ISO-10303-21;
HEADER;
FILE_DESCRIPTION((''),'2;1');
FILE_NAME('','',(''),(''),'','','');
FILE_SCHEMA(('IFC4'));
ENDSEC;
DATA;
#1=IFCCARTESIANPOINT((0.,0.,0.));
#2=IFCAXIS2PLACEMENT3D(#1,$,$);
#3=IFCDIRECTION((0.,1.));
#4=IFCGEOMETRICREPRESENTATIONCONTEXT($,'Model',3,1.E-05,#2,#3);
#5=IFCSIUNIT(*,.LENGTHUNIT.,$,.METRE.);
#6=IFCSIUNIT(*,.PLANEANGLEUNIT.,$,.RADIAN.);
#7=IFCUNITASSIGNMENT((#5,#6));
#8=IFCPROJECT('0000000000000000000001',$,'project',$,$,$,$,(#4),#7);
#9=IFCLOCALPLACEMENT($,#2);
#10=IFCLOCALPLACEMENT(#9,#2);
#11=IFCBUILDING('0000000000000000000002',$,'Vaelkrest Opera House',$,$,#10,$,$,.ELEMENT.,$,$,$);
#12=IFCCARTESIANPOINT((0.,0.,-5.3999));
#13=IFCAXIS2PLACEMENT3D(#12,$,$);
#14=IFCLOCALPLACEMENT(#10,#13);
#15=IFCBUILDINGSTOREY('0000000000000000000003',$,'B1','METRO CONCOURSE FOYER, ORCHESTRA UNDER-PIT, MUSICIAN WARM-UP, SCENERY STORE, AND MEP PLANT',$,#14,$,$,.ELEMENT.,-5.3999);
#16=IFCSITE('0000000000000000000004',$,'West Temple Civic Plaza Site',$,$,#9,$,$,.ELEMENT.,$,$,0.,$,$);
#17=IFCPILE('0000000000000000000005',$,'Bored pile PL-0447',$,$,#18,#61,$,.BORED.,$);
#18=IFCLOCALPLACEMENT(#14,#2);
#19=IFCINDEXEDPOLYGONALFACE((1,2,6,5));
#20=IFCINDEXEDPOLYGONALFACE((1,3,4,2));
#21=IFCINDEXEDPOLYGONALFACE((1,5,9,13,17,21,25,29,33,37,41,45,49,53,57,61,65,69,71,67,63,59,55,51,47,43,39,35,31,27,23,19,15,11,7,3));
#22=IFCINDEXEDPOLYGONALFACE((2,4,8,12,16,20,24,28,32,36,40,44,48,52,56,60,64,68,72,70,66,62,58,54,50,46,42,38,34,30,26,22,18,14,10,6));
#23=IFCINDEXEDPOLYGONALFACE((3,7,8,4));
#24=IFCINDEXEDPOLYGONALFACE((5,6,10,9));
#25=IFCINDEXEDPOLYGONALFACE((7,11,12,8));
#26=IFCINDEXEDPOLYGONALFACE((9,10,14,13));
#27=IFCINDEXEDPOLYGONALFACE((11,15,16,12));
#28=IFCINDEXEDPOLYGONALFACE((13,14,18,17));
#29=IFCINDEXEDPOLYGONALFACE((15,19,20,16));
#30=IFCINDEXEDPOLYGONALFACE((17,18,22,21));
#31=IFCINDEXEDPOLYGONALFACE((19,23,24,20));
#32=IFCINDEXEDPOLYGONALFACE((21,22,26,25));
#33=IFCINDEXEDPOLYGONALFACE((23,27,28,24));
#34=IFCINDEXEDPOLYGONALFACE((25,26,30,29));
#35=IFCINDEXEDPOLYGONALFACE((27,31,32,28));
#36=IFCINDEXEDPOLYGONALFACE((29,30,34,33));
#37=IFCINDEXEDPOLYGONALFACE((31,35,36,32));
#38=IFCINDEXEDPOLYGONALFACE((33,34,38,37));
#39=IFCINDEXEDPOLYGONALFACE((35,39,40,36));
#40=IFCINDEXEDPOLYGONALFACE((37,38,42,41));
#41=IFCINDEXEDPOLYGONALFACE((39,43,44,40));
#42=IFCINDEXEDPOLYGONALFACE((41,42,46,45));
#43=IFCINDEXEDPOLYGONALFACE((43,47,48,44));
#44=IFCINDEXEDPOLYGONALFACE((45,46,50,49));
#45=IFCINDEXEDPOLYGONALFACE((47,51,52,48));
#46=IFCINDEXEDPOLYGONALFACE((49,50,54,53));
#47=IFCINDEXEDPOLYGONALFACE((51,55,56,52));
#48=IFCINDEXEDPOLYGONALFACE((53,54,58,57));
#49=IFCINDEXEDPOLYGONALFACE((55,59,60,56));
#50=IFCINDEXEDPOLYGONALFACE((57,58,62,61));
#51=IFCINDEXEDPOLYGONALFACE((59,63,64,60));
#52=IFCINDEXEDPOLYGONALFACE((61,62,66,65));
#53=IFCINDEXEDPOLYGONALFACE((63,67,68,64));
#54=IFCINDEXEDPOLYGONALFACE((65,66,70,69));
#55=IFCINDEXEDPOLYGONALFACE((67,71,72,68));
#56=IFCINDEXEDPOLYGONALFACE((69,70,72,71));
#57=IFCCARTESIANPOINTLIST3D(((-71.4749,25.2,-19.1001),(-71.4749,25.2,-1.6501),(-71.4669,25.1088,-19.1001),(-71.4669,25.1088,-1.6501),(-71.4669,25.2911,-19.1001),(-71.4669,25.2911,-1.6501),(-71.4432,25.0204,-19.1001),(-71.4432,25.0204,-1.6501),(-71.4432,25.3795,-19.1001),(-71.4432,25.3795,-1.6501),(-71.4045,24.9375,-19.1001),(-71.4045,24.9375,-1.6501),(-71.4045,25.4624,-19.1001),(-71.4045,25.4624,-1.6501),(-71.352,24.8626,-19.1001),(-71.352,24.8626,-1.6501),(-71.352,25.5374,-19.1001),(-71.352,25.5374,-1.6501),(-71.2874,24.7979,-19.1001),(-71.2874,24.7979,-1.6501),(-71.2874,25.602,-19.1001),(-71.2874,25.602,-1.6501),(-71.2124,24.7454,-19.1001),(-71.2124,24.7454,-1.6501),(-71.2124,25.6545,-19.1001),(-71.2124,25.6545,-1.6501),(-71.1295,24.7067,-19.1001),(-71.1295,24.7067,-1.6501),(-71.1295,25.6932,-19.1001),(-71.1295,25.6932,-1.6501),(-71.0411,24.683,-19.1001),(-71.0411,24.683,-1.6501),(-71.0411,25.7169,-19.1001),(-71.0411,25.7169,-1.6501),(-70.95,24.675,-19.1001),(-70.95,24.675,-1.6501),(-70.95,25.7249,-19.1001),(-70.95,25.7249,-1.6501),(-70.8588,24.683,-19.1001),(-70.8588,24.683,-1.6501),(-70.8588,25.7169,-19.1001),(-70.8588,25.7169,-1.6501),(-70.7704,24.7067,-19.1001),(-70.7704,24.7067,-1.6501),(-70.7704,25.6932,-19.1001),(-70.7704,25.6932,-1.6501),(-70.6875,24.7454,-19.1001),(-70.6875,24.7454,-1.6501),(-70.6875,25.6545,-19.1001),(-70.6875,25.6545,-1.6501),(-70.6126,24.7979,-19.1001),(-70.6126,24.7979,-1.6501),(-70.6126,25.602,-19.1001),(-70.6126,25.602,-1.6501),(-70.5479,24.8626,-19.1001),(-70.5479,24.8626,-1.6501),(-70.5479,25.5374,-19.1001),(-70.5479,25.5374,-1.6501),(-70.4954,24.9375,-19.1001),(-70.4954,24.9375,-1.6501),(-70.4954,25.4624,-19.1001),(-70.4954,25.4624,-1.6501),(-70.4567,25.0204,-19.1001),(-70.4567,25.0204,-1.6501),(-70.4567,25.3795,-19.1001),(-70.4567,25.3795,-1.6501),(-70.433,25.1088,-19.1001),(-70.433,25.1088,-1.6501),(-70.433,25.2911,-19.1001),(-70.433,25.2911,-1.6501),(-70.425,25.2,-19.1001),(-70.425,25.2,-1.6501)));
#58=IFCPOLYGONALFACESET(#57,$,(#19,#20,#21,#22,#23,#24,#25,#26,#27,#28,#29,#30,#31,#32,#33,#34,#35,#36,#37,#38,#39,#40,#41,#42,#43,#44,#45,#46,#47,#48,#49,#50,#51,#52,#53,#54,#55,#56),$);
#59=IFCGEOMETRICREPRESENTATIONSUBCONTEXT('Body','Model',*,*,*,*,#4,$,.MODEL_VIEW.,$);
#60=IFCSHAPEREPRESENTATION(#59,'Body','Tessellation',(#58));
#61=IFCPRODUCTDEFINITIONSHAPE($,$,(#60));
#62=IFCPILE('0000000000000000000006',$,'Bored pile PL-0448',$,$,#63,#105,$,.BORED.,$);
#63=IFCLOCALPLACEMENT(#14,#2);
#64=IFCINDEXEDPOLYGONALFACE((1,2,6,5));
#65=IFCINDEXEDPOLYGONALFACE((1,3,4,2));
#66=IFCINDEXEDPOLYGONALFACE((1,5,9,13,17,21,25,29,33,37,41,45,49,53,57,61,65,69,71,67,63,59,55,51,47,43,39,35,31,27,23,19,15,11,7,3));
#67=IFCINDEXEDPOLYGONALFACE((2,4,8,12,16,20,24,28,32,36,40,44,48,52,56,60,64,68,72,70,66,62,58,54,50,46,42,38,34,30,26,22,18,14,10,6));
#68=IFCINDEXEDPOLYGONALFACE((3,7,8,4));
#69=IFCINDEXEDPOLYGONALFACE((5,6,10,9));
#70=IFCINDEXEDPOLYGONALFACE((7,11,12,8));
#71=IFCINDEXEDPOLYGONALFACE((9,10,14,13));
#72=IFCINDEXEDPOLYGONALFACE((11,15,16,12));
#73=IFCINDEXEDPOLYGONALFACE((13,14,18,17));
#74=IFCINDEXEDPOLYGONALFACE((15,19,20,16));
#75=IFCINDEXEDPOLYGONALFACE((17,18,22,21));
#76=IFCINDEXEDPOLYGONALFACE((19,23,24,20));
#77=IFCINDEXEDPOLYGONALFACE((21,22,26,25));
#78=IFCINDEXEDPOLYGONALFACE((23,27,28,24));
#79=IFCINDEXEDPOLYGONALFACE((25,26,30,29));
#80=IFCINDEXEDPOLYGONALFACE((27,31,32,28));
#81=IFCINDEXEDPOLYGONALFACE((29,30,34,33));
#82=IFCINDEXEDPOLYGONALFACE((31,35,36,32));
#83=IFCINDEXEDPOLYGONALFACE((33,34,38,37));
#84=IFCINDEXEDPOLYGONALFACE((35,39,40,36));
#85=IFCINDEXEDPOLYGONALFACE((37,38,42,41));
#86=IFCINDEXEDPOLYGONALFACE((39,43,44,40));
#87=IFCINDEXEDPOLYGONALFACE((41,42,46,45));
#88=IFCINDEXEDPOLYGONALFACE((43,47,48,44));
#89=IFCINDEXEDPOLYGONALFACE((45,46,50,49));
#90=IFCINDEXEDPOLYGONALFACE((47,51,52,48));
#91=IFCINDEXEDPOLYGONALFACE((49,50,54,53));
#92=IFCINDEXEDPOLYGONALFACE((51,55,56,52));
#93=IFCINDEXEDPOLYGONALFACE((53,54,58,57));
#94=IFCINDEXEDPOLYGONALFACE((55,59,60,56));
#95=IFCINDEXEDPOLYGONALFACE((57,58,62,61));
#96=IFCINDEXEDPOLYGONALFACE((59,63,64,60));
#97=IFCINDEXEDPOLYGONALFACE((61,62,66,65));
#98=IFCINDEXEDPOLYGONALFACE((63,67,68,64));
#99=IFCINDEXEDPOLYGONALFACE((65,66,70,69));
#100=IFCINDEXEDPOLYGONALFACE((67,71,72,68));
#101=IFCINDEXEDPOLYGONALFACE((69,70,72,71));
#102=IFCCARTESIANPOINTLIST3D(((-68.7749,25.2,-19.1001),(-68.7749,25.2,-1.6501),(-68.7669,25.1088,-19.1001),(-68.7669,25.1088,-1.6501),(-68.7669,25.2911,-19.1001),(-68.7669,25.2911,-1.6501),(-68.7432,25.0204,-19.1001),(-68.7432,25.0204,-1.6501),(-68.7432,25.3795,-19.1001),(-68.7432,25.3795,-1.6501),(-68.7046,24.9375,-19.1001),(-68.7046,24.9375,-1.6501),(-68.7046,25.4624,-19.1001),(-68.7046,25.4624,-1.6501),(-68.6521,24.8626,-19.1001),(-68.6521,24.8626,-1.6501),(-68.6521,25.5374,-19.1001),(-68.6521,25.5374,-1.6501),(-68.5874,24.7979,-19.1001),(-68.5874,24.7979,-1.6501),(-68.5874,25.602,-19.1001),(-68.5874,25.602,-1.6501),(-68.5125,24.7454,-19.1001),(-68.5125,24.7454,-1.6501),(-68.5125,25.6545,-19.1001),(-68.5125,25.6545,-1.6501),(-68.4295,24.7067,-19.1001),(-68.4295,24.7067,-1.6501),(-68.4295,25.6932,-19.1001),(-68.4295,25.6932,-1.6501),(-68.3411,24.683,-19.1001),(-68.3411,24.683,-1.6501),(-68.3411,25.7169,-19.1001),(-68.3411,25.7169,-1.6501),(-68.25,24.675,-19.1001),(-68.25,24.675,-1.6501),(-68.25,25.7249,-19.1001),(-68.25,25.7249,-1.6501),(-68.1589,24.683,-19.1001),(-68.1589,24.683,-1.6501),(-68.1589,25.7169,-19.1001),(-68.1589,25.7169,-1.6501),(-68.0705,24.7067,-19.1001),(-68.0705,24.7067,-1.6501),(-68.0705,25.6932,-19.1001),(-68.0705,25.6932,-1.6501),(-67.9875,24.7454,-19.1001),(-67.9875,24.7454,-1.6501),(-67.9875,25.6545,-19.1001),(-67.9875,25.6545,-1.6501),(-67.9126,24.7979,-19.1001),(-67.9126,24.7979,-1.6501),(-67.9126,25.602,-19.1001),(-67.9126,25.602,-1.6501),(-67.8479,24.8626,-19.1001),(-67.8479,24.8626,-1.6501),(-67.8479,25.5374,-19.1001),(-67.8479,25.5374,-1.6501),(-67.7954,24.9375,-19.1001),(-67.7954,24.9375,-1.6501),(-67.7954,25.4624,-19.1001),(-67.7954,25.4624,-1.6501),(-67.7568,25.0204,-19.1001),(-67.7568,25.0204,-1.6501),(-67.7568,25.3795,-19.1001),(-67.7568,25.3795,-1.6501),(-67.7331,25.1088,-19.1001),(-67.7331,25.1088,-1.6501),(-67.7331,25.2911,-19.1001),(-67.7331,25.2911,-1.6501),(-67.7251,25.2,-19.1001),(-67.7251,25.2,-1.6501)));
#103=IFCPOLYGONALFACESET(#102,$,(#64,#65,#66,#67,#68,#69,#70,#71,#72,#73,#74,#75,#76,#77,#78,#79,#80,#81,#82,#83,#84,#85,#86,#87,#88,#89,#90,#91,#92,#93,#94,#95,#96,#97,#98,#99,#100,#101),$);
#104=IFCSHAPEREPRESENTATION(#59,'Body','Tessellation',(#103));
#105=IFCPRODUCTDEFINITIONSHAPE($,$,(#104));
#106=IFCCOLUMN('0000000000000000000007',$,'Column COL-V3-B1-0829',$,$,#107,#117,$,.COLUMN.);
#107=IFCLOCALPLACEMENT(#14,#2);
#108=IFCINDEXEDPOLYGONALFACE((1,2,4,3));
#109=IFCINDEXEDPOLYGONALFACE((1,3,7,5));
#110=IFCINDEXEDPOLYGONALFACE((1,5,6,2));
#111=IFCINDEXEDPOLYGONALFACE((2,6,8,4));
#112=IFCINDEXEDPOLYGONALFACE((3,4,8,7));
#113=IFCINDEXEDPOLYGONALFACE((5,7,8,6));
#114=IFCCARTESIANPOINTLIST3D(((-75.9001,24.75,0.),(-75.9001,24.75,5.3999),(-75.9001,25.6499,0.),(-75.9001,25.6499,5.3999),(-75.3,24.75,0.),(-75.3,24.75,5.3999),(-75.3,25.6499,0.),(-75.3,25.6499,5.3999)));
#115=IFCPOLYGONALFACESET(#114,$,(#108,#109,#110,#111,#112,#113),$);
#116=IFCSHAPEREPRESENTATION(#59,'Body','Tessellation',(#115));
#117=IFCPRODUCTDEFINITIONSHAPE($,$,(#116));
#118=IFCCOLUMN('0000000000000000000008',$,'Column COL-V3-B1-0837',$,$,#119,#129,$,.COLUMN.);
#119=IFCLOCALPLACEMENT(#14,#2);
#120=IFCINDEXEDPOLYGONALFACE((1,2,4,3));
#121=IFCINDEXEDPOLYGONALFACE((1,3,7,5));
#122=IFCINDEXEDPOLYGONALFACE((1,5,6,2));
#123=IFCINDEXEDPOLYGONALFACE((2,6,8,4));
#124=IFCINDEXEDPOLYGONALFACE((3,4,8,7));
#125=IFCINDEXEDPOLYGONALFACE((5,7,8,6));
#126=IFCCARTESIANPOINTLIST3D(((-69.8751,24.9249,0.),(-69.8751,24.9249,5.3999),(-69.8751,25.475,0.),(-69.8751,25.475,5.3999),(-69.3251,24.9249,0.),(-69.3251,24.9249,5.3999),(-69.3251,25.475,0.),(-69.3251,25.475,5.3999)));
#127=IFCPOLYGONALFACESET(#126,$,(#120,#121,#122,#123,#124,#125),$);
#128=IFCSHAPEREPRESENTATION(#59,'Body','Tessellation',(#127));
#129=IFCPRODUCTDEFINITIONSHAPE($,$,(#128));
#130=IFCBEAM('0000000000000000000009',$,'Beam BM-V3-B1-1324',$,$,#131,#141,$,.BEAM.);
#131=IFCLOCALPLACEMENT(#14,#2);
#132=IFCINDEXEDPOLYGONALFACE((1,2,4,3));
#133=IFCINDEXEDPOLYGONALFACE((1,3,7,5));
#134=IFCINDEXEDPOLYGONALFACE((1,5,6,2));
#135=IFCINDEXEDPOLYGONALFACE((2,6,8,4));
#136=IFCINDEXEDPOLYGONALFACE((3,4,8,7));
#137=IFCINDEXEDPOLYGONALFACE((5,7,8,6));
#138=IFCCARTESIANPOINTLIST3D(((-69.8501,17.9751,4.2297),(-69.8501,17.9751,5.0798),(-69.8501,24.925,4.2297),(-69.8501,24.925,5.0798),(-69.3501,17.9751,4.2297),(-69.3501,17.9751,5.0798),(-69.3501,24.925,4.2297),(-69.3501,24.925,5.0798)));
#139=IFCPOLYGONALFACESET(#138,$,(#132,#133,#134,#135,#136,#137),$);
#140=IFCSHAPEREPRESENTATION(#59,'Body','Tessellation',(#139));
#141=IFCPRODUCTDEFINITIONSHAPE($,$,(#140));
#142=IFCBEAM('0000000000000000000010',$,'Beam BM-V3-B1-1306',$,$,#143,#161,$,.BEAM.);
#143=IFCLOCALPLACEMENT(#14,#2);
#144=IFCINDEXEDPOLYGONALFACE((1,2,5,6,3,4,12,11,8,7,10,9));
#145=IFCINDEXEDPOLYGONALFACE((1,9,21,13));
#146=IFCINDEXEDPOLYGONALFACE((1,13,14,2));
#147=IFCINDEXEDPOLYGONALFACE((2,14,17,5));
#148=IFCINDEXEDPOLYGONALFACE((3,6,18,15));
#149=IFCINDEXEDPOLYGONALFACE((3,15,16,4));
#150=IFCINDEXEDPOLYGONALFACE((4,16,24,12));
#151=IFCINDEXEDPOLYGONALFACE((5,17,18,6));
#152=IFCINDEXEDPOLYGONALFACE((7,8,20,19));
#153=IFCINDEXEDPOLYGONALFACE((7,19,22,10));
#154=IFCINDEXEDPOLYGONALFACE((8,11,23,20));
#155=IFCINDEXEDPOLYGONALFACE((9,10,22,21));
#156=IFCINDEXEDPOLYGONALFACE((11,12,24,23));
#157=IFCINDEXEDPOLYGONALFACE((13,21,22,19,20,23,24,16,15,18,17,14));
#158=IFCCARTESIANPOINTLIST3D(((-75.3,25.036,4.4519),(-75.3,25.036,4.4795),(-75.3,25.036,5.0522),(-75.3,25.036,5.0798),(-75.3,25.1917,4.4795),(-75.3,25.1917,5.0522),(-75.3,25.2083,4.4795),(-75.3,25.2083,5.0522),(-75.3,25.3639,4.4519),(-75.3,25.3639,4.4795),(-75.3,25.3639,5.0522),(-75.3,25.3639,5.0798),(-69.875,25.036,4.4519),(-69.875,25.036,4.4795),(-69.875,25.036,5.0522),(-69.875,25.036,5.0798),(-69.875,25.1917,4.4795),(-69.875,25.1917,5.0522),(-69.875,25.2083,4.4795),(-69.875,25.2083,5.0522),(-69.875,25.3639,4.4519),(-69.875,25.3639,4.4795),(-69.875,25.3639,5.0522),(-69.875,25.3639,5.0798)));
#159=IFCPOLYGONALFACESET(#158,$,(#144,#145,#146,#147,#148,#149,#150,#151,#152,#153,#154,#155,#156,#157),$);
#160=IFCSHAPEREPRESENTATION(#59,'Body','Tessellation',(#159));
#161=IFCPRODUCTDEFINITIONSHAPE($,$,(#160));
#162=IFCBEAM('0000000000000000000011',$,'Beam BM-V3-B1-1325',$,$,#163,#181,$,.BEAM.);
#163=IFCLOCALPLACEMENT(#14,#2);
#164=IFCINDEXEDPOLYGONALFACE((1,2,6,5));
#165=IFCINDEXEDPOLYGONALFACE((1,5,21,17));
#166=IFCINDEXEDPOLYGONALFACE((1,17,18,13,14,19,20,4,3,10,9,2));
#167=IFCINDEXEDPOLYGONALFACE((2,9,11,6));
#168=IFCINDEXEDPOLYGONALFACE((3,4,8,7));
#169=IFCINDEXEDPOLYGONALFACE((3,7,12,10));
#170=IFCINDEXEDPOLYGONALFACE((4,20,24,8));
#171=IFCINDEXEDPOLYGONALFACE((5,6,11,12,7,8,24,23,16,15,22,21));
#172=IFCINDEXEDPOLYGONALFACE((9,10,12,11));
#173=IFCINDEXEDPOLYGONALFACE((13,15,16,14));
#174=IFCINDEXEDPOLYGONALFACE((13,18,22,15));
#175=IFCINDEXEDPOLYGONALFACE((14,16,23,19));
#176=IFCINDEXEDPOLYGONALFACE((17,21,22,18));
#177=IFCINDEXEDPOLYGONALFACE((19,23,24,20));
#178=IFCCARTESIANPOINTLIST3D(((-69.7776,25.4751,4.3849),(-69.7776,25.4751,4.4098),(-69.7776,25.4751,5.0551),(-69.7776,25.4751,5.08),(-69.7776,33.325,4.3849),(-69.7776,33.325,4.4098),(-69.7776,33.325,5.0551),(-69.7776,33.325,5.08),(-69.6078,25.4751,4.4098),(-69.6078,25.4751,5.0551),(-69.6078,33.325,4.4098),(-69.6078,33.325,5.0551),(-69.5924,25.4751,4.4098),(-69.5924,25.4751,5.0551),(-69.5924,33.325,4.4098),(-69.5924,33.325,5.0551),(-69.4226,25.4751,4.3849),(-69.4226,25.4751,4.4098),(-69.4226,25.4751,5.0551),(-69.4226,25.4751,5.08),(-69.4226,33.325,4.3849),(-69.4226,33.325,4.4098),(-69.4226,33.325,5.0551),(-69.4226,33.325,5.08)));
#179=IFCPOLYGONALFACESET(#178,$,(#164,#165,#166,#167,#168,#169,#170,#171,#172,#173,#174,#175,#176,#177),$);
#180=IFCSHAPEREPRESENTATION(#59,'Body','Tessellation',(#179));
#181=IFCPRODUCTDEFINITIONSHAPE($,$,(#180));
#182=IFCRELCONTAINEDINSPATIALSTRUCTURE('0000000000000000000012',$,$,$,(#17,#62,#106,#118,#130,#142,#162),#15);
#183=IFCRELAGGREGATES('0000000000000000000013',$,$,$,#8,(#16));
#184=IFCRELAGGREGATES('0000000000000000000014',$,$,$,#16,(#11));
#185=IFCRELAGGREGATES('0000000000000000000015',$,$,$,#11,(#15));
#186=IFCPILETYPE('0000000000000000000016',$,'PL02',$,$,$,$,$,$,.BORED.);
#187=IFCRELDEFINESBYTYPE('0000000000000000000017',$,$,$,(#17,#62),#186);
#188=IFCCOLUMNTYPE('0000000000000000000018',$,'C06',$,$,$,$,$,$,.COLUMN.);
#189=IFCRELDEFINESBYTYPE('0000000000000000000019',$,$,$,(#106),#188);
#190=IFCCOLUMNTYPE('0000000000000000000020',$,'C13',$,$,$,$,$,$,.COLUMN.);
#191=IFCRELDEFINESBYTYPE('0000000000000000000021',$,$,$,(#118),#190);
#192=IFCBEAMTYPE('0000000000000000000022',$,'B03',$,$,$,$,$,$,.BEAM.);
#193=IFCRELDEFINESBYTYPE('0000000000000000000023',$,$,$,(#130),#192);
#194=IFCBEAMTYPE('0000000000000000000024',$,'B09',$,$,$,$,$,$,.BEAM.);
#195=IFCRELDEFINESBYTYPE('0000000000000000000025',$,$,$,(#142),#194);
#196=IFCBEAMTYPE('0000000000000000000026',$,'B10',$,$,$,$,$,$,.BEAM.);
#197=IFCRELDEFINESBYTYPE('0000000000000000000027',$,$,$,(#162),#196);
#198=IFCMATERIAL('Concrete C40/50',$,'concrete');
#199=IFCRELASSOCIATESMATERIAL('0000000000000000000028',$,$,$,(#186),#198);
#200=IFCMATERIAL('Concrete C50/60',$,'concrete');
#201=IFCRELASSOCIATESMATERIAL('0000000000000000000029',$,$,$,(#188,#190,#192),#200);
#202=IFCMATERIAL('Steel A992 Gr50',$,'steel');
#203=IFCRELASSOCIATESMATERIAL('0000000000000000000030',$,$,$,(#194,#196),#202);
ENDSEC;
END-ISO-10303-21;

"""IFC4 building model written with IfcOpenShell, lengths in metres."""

from ifc_helpers import new_model, si_unit, direction, frame, origin, origin_2d, place, context, subcontext, project, spatial, rectangle, circle, i_section, extrude, material, material_profile, profile_set, type_object, element, save


model = new_model("IFC4")

# Units and contexts
model_context = context("Model", 3, precision=1e-05, world=origin(), true_north=direction((0.0, 1.0)))
body_context = subcontext(model_context, "Body", "Model", "MODEL_VIEW")
ifc_project = project(units=[si_unit("LENGTHUNIT", "METRE"), si_unit("PLANEANGLEUNIT", "RADIAN")], contexts=[model_context])

# Site, building, storey
site_placement = place(None, origin())
site = spatial("IfcSite", under=ifc_project, at=site_placement, Name="West Temple Civic Plaza Site", CompositionType="ELEMENT", RefElevation=0.0)
building_placement = place(site_placement, origin())
building = spatial("IfcBuilding", under=site, at=building_placement, Name="Vaelkrest Opera House", CompositionType="ELEMENT")
storey_placement = place(building_placement, frame((0.0, 0.0, -5.3999)))
storey = spatial("IfcBuildingStorey", under=building, at=storey_placement, Name="B1", Description="METRO CONCOURSE FOYER, ORCHESTRA UNDER-PIT, MUSICIAN WARM-UP, SCENERY STORE, AND MEP PLANT", CompositionType="ELEMENT", Elevation=-5.3999)

# Shared definitions
ifc_material_1 = material(Name="Concrete C40/50", Category="concrete")

# Piles
ifc_material_profile_1 = material_profile(ifc_material_1, circle(Radius=0.5249, at=origin_2d()), Name="PILE1050")
ifc_profile_set_1 = profile_set([ifc_material_profile_1], Name="Concrete C40/50")
pile_type = type_object("IfcPileType", Name="PL02", PredefinedType="BORED", material=ifc_profile_set_1)
for number, where, z_axis, x_axis, name in (
    (1, (-70.95, 25.2, -1.6501), (0.0, 0.0, -1.0), (1.0, 0.0, 0.0), "Bored pile PL-0447"),
    (2, (-68.25, 25.2, -1.6501), (0.0, 0.0, -1.0), (1.0, 0.0, 0.0), "Bored pile PL-0448"),
):
    element("IfcPile", number, at=place(storey_placement, frame(where, z_axis=z_axis, x_axis=x_axis)), inside=storey, type_object=pile_type, Name=name, PredefinedType="BORED", context=body_context, shape_type="SweptSolid", body=[
        extrude(circle(Radius=0.5249, at=origin_2d()), origin(), (0.0, 0.0, 1.0), 17.45),
    ])

# Columns
ifc_material_2 = material(Name="Concrete C50/60", Category="concrete")
ifc_material_profile_2 = material_profile(ifc_material_2, rectangle(XDim=0.6001, YDim=0.8999, at=origin_2d()), Name="RC600X900")
ifc_profile_set_2 = profile_set([ifc_material_profile_2], Name="Concrete C50/60")
column_type_1 = type_object("IfcColumnType", Name="C06", PredefinedType="COLUMN", material=ifc_profile_set_2)
column_1_placement = place(storey_placement, frame((-75.6001, 25.2, 0.0), z_axis=(0.0, 0.0, 1.0), x_axis=(1.0, 0.0, 0.0)))
element("IfcColumn", 3, at=column_1_placement, inside=storey, type_object=column_type_1, Name="Column COL-V3-B1-0829", PredefinedType="COLUMN", context=body_context, shape_type="SweptSolid", body=[
    extrude(rectangle(XDim=0.6001, YDim=0.8999, at=origin_2d()), origin(), (0.0, 0.0, 1.0), 5.3999),
])
ifc_material_profile_3 = material_profile(ifc_material_2, rectangle(XDim=0.55, YDim=0.55, at=origin_2d()), Name="RC550X550")
ifc_profile_set_3 = profile_set([ifc_material_profile_3], Name="Concrete C50/60")
column_type_2 = type_object("IfcColumnType", Name="C13", PredefinedType="COLUMN", material=ifc_profile_set_3)
column_2_placement = place(storey_placement, frame((-69.6001, 25.2, 0.0), z_axis=(0.0, 0.0, 1.0), x_axis=(1.0, 0.0, 0.0)))
element("IfcColumn", 4, at=column_2_placement, inside=storey, type_object=column_type_2, Name="Column COL-V3-B1-0837", PredefinedType="COLUMN", context=body_context, shape_type="SweptSolid", body=[
    extrude(rectangle(XDim=0.55, YDim=0.55, at=origin_2d()), origin(), (0.0, 0.0, 1.0), 5.3999),
])

# Beams
ifc_material_profile_4 = material_profile(ifc_material_2, rectangle(XDim=0.5, YDim=0.8501, at=origin_2d()), Name="RCB500X850")
ifc_profile_set_4 = profile_set([ifc_material_profile_4], Name="Concrete C50/60")
beam_type_1 = type_object("IfcBeamType", Name="B03", PredefinedType="BEAM", material=ifc_profile_set_4)
beam_1_placement = place(storey_placement, frame((-69.6001, 17.9751, 4.6548), z_axis=(0.0, 1.0, 0.0), x_axis=(-1.0, 0.0, 0.0)))
element("IfcBeam", 5, at=beam_1_placement, inside=storey, type_object=beam_type_1, Name="Beam BM-V3-B1-1324", PredefinedType="BEAM", context=body_context, shape_type="SweptSolid", body=[
    extrude(rectangle(XDim=0.5, YDim=0.8501, at=origin_2d()), origin(), (0.0, 0.0, 1.0), 6.95),
])
ifc_material_3 = material(Name="Steel A992 Gr50", Category="steel")
ifc_material_profile_5 = material_profile(ifc_material_3, i_section(OverallWidth=0.3279, OverallDepth=0.6279, WebThickness=0.0166, FlangeThickness=0.0276, at=origin_2d()), Name="W24X146")
ifc_profile_set_5 = profile_set([ifc_material_profile_5], Name="Steel A992 Gr50")
beam_type_2 = type_object("IfcBeamType", Name="B09", PredefinedType="BEAM", material=ifc_profile_set_5)
beam_2_placement = place(storey_placement, frame((-75.3, 25.2, 4.7659), z_axis=(1.0, 0.0, 0.0), x_axis=(0.0, 1.0, 0.0)))
element("IfcBeam", 6, at=beam_2_placement, inside=storey, type_object=beam_type_2, Name="Beam BM-V3-B1-1306", PredefinedType="BEAM", context=body_context, shape_type="SweptSolid", body=[
    extrude(i_section(OverallWidth=0.3279, OverallDepth=0.6279, WebThickness=0.0166, FlangeThickness=0.0276, at=origin_2d()), origin(), (0.0, 0.0, 1.0), 5.425),
])
ifc_material_profile_6 = material_profile(ifc_material_3, i_section(OverallWidth=0.355, OverallDepth=0.6951, WebThickness=0.0154, FlangeThickness=0.0249, at=origin_2d()), Name="W27X146")
ifc_profile_set_6 = profile_set([ifc_material_profile_6], Name="Steel A992 Gr50")
beam_type_3 = type_object("IfcBeamType", Name="B10", PredefinedType="BEAM", material=ifc_profile_set_6)
beam_3_placement = place(storey_placement, frame((-69.6001, 25.4751, 4.7324), z_axis=(0.0, 1.0, 0.0), x_axis=(-1.0, 0.0, 0.0)))
element("IfcBeam", 7, at=beam_3_placement, inside=storey, type_object=beam_type_3, Name="Beam BM-V3-B1-1325", PredefinedType="BEAM", context=body_context, shape_type="SweptSolid", body=[
    extrude(i_section(OverallWidth=0.355, OverallDepth=0.6951, WebThickness=0.0154, FlangeThickness=0.0249, at=origin_2d()), origin(), (0.0, 0.0, 1.0), 7.8499),
])

save(model, "model.ifc")
